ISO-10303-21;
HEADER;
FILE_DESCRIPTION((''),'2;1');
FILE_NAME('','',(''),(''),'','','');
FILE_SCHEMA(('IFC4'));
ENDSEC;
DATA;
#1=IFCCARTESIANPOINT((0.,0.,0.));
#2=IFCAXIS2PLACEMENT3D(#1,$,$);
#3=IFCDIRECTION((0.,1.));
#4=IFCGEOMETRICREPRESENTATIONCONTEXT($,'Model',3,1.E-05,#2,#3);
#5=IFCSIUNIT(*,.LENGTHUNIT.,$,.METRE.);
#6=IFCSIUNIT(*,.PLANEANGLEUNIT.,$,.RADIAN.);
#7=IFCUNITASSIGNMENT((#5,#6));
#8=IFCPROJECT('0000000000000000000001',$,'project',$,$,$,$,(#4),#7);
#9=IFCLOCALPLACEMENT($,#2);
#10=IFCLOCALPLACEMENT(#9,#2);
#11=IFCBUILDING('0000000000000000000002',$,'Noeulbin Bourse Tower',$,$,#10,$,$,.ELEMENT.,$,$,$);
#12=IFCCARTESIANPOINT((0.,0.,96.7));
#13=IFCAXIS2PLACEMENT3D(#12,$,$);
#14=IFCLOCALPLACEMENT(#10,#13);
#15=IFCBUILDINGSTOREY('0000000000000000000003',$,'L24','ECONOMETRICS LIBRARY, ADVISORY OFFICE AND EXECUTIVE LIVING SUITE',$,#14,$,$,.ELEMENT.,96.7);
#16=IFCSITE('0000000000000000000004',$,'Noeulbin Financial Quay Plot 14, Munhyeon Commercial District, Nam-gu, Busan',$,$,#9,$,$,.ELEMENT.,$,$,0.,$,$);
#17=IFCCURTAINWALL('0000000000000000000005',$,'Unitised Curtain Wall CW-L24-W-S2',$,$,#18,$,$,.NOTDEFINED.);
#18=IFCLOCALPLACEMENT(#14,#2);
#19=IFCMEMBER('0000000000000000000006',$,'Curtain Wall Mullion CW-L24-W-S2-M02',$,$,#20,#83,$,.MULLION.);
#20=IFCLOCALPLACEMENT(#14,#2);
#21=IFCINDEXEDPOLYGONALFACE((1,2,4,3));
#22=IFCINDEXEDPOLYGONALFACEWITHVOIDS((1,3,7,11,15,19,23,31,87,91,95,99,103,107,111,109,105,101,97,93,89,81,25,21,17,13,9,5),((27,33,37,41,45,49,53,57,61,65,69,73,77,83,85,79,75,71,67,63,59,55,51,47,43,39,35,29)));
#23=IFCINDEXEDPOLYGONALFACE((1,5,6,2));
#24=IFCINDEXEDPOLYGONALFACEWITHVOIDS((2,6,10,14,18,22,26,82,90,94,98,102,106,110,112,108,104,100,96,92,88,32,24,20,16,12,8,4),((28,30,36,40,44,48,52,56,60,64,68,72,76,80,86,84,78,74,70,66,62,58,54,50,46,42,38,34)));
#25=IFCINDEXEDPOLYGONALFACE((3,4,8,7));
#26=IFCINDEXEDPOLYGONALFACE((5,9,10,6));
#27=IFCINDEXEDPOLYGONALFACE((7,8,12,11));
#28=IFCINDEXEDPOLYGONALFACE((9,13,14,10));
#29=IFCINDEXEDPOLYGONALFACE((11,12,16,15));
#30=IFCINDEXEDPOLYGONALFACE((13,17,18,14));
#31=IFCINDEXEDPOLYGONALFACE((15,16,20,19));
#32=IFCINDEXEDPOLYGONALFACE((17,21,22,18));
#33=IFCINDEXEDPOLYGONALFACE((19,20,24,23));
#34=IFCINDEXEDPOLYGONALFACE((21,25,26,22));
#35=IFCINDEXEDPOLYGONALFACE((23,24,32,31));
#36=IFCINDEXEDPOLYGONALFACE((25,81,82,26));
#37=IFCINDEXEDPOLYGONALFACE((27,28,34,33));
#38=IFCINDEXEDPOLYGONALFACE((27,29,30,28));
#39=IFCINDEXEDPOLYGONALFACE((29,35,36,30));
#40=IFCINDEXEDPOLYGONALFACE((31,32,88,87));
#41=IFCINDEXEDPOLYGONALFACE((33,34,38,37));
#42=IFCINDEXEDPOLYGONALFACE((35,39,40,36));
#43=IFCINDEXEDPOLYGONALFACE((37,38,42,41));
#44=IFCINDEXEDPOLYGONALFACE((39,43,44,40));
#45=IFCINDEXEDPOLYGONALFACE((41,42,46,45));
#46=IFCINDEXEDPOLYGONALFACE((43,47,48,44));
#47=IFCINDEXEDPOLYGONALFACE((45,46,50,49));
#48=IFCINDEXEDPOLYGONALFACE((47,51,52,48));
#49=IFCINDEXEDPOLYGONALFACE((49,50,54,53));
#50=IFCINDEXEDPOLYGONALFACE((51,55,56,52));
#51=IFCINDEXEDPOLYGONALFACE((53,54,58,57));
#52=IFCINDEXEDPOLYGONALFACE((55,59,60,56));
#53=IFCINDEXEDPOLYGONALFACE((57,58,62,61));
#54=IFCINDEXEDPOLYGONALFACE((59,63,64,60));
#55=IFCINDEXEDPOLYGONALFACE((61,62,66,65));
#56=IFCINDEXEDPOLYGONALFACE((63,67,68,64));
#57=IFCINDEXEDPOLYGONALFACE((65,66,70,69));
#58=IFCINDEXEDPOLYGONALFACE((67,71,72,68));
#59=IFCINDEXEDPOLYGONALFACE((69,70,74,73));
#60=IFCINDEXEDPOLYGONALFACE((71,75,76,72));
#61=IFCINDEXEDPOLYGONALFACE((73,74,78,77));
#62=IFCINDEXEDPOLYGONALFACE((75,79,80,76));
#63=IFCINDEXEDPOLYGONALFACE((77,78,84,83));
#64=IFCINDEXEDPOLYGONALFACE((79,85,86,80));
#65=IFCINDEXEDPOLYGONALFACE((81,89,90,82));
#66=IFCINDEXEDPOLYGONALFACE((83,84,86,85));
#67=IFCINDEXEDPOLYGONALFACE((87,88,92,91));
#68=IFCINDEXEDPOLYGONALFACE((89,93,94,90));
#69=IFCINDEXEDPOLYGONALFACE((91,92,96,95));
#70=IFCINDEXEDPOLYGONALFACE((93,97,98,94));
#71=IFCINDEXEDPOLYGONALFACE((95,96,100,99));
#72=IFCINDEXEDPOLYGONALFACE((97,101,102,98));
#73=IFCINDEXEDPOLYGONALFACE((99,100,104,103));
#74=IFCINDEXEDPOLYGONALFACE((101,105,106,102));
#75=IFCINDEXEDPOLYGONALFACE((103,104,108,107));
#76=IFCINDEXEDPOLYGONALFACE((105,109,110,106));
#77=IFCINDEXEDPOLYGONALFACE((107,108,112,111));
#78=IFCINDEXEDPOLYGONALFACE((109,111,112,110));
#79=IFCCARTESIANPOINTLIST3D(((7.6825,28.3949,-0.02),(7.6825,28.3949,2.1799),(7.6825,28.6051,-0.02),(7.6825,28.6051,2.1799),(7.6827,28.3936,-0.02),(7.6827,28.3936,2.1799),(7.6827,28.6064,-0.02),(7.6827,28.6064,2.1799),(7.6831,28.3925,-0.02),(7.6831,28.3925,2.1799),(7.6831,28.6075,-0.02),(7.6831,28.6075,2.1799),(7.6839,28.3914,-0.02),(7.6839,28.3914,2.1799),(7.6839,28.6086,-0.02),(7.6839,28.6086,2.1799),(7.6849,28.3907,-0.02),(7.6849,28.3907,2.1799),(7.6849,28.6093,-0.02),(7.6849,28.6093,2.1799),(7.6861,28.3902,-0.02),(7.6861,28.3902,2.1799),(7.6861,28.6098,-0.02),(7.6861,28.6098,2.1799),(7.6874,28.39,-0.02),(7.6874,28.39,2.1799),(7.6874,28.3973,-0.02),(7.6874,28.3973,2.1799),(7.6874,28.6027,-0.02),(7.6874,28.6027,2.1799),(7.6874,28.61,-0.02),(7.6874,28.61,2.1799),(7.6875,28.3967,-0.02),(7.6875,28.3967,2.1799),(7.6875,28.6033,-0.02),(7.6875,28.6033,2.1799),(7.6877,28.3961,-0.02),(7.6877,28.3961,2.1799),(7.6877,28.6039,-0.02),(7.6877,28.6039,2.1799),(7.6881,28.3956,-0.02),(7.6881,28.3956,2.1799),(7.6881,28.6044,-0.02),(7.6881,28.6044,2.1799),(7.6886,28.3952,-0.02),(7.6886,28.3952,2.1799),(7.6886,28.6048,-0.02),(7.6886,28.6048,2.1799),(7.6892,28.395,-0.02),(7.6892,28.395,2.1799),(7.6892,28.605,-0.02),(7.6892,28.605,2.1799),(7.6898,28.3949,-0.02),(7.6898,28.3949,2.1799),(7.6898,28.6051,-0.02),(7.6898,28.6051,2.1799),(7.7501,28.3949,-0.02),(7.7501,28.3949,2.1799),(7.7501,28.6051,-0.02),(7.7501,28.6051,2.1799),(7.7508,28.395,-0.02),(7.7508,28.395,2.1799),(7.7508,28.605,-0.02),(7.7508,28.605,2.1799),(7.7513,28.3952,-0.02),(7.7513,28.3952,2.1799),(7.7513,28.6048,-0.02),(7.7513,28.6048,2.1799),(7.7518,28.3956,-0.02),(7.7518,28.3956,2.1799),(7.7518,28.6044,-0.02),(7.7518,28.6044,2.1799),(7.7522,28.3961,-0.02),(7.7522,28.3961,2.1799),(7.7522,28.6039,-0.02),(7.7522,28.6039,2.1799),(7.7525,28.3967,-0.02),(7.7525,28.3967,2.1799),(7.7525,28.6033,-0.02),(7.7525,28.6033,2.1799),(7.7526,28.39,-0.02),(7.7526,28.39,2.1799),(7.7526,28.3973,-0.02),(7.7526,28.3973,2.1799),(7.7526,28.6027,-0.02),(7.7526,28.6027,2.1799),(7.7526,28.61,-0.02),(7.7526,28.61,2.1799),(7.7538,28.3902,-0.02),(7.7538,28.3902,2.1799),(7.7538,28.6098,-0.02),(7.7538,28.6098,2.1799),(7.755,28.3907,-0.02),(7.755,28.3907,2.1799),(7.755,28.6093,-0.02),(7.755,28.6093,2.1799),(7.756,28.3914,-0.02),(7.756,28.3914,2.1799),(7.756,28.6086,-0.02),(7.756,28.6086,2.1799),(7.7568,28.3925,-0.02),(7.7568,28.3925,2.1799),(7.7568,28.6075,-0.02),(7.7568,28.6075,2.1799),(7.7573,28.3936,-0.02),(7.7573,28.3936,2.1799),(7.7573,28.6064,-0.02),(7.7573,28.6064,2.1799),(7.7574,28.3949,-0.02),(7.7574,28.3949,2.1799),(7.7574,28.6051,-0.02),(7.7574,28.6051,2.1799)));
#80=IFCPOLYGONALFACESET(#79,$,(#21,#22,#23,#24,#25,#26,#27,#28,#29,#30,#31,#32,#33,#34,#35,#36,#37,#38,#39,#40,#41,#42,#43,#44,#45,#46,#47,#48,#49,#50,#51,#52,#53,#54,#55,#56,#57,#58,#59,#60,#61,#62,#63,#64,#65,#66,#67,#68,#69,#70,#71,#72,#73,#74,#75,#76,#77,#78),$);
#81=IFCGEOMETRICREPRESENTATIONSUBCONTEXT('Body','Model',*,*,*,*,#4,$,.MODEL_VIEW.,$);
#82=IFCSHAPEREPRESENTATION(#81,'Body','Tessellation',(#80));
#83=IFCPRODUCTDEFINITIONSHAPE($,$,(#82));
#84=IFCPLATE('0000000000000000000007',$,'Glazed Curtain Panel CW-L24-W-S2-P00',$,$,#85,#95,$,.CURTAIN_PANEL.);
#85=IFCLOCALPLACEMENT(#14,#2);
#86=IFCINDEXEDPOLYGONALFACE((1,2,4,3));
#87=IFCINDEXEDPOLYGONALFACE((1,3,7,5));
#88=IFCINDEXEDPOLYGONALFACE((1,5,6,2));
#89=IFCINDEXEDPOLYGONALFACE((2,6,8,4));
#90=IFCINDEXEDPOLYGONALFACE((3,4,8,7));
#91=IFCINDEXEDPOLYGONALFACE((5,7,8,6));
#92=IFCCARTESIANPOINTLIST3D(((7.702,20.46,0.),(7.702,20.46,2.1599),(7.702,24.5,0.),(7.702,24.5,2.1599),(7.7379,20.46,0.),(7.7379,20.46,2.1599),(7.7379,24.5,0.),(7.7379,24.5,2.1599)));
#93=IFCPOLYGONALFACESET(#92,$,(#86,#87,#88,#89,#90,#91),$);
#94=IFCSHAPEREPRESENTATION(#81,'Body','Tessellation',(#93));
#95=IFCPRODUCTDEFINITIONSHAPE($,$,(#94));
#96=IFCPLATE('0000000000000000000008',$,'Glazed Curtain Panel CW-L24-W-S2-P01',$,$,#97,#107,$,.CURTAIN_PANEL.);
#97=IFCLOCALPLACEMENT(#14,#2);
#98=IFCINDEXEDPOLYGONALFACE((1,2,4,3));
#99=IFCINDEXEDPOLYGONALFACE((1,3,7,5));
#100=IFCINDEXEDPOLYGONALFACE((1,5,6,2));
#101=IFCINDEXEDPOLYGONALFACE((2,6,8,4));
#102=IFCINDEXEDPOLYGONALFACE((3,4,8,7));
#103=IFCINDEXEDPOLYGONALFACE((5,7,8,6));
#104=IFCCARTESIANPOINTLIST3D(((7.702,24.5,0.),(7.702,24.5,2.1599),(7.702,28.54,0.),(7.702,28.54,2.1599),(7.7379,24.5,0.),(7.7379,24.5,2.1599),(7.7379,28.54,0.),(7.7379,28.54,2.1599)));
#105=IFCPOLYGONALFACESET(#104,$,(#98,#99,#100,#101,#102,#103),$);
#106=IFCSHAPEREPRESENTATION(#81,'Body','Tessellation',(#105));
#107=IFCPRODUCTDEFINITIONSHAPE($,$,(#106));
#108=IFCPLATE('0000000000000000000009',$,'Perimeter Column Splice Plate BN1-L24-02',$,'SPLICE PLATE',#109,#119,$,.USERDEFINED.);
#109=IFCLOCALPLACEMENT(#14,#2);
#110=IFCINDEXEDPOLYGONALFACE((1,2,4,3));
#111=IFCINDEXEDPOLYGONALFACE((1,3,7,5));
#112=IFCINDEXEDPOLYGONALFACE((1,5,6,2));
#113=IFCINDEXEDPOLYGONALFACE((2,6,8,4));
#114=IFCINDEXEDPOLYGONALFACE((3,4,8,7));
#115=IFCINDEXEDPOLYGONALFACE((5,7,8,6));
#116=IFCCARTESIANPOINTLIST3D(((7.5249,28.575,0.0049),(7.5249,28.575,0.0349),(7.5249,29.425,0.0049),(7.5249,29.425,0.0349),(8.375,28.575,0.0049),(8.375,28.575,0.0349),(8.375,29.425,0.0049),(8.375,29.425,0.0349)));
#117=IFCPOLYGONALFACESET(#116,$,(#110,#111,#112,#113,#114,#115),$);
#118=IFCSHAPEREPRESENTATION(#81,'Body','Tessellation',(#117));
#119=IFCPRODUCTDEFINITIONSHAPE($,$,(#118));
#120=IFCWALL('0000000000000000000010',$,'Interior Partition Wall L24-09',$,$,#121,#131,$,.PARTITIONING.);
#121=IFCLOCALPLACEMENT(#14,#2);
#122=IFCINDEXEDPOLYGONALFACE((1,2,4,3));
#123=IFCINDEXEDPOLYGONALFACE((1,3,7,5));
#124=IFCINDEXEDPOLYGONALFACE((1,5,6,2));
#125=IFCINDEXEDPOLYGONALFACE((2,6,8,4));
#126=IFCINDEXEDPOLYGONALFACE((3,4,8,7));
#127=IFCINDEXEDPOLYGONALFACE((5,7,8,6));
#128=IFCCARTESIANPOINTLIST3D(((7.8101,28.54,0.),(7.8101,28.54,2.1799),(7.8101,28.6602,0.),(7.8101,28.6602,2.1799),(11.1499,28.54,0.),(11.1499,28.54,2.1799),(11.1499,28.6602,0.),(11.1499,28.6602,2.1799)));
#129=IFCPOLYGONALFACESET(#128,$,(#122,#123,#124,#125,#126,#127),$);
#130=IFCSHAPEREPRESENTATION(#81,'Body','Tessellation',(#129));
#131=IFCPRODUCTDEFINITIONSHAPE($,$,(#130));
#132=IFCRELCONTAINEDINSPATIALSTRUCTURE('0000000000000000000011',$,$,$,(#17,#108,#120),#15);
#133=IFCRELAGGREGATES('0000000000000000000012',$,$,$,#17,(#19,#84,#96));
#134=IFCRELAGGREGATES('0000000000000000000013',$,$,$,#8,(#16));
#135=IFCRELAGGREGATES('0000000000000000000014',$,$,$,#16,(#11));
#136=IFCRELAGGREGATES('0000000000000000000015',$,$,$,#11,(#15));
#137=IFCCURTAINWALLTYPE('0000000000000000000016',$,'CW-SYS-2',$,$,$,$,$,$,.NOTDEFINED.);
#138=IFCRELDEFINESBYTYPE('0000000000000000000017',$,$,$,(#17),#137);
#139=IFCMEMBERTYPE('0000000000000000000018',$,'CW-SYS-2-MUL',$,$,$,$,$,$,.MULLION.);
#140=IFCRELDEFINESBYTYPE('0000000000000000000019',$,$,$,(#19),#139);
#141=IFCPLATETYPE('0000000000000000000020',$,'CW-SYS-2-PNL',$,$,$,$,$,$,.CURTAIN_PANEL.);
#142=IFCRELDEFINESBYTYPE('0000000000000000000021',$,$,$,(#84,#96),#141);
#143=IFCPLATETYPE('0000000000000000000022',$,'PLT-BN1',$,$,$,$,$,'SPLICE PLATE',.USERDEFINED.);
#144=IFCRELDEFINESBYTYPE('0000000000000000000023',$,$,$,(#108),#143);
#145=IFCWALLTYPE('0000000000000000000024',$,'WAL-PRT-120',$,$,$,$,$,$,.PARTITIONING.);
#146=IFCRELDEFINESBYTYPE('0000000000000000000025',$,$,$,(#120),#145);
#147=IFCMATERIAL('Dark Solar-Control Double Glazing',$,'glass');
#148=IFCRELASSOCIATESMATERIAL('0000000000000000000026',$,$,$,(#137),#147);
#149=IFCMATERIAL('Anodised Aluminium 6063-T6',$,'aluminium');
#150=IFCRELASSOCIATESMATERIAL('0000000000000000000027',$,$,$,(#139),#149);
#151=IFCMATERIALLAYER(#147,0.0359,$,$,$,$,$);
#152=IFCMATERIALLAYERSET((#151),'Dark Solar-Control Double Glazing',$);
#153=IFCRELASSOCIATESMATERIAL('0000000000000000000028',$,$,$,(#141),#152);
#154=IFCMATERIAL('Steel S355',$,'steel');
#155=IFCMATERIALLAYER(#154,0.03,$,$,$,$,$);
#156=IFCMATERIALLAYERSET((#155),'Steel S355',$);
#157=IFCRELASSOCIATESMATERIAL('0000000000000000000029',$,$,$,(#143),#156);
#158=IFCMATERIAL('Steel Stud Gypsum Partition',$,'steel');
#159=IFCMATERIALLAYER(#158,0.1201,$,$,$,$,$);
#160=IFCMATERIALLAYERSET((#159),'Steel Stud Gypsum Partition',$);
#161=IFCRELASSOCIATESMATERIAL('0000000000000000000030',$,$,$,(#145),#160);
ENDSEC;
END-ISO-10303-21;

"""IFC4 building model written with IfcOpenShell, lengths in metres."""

from ifc_helpers import new_model, si_unit, direction, frame, frame_2d, origin, origin_2d, place, context, subcontext, project, spatial, rectangle, hollow_rectangle, extrude, material, layer, layer_set, material_profile, profile_set, type_object, element, aggregate, save


model = new_model("IFC4")

# Units and contexts
model_context = context("Model", 3, precision=1e-05, world=origin(), true_north=direction((0.0, 1.0)))
body_context = subcontext(model_context, "Body", "Model", "MODEL_VIEW")
ifc_project = project(units=[si_unit("LENGTHUNIT", "METRE"), si_unit("PLANEANGLEUNIT", "RADIAN")], contexts=[model_context])

# Site, building, storey
site_placement = place(None, origin())
site = spatial("IfcSite", under=ifc_project, at=site_placement, Name="Noeulbin Financial Quay Plot 14, Munhyeon Commercial District, Nam-gu, Busan", CompositionType="ELEMENT", RefElevation=0.0)
building_placement = place(site_placement, origin())
building = spatial("IfcBuilding", under=site, at=building_placement, Name="Noeulbin Bourse Tower", CompositionType="ELEMENT")
storey_placement = place(building_placement, frame((0.0, 0.0, 96.7)))
storey = spatial("IfcBuildingStorey", under=building, at=storey_placement, Name="L24", Description="ECONOMETRICS LIBRARY, ADVISORY OFFICE AND EXECUTIVE LIVING SUITE", CompositionType="ELEMENT", Elevation=96.7)

# Shared definitions
ifc_material_1 = material(Name="Steel S355", Category="steel")

# Curtain wall, member, plates
ifc_material_2 = material(Name="Dark Solar-Control Double Glazing", Category="glass")
curtain_wall_type = type_object("IfcCurtainWallType", Name="CW-SYS-2", PredefinedType="NOTDEFINED", material=ifc_material_2)
curtain_wall_placement = place(storey_placement, origin())
curtain_wall = element("IfcCurtainWall", 1, at=curtain_wall_placement, inside=storey, type_object=curtain_wall_type, Name="Unitised Curtain Wall CW-L24-W-S2", PredefinedType="NOTDEFINED")
ifc_material_3 = material(Name="Anodised Aluminium 6063-T6", Category="aluminium")
ifc_material_profile_1 = material_profile(ifc_material_3, hollow_rectangle(XDim=0.075, YDim=0.22, WallThickness=0.0049, InnerFilletRadius=0.0024, OuterFilletRadius=0.0049, at=origin_2d()), Name="ALU-MULL-75x220x5", Category="LoadBearing")
ifc_profile_set_1 = profile_set([ifc_material_profile_1], Name="Anodised Aluminium 6063-T6")
member_type = type_object("IfcMemberType", Name="CW-SYS-2-MUL", PredefinedType="MULLION", material=ifc_profile_set_1)
member_1_placement = place(storey_placement, frame((7.72, 28.5, -0.02), z_axis=(0.0, 0.0, 1.0), x_axis=(1.0, 0.0, 0.0)))
member_1 = element("IfcMember", 2, at=member_1_placement, type_object=member_type, Name="Curtain Wall Mullion CW-L24-W-S2-M02", PredefinedType="MULLION", context=body_context, shape_type="SweptSolid", body=[
    extrude(hollow_rectangle(XDim=0.075, YDim=0.22, WallThickness=0.0049, InnerFilletRadius=0.0024, OuterFilletRadius=0.0049, at=origin_2d()), origin(), (0.0, 0.0, 1.0), 2.2),
])
ifc_layer_1 = layer(ifc_material_2, 0.0359)
ifc_layer_set_1 = layer_set([ifc_layer_1], Name="Dark Solar-Control Double Glazing")
plate_type_1 = type_object("IfcPlateType", Name="CW-SYS-2-PNL", PredefinedType="CURTAIN_PANEL", material=ifc_layer_set_1)
plate_1_placement = place(storey_placement, frame((7.72, 22.48, 0.0), z_axis=(0.0, 0.0, 1.0), x_axis=(0.0, 1.0, 0.0)))
plate_1 = element("IfcPlate", 3, at=plate_1_placement, type_object=plate_type_1, Name="Glazed Curtain Panel CW-L24-W-S2-P00", PredefinedType="CURTAIN_PANEL", context=body_context, shape_type="SweptSolid", body=[
    extrude(rectangle(XDim=4.04, YDim=0.0359, at=origin_2d()), origin(), (0.0, 0.0, 1.0), 2.1599),
])
plate_2_placement = place(storey_placement, frame((7.72, 26.52, 0.0), z_axis=(0.0, 0.0, 1.0), x_axis=(0.0, 1.0, 0.0)))
plate_2 = element("IfcPlate", 4, at=plate_2_placement, type_object=plate_type_1, Name="Glazed Curtain Panel CW-L24-W-S2-P01", PredefinedType="CURTAIN_PANEL", context=body_context, shape_type="SweptSolid", body=[
    extrude(rectangle(XDim=4.04, YDim=0.0359, at=origin_2d()), origin(), (0.0, 0.0, 1.0), 2.1599),
])
aggregate(curtain_wall, [member_1, plate_1, plate_2])

# Plate
ifc_layer_2 = layer(ifc_material_1, 0.03)
ifc_layer_set_2 = layer_set([ifc_layer_2], Name="Steel S355")
plate_type_2 = type_object("IfcPlateType", Name="PLT-BN1", ElementType="SPLICE PLATE", PredefinedType="USERDEFINED", material=ifc_layer_set_2)
plate_3_placement = place(storey_placement, frame((7.95, 29.0, 0.0049), z_axis=(0.0, 0.0, 1.0), x_axis=(1.0, 0.0, 0.0)))
element("IfcPlate", 5, at=plate_3_placement, inside=storey, type_object=plate_type_2, Name="Perimeter Column Splice Plate BN1-L24-02", ObjectType="SPLICE PLATE", PredefinedType="USERDEFINED", context=body_context, shape_type="SweptSolid", body=[
    extrude(rectangle(XDim=0.8501, YDim=0.8501, at=origin_2d()), origin(), (0.0, 0.0, 1.0), 0.03),
])

# Wall
ifc_material_4 = material(Name="Steel Stud Gypsum Partition", Category="steel")
ifc_layer_3 = layer(ifc_material_4, 0.1201)
ifc_layer_set_3 = layer_set([ifc_layer_3], Name="Steel Stud Gypsum Partition")
wall_type_1 = type_object("IfcWallType", Name="WAL-PRT-120", PredefinedType="PARTITIONING", material=ifc_layer_set_3)
wall_1_placement = place(storey_placement, frame((7.8101, 28.6001, 0.0), z_axis=(0.0, 0.0, 1.0), x_axis=(1.0, 0.0, 0.0)))
element("IfcWall", 6, at=wall_1_placement, inside=storey, type_object=wall_type_1, Name="Interior Partition Wall L24-09", PredefinedType="PARTITIONING", context=body_context, shape_type="SweptSolid", body=[
    extrude(rectangle(XDim=3.3398, YDim=0.1201, at=frame_2d((1.6699, 0.0))), origin(), (0.0, 0.0, 1.0), 2.1799),
])

save(model, "model.ifc")
